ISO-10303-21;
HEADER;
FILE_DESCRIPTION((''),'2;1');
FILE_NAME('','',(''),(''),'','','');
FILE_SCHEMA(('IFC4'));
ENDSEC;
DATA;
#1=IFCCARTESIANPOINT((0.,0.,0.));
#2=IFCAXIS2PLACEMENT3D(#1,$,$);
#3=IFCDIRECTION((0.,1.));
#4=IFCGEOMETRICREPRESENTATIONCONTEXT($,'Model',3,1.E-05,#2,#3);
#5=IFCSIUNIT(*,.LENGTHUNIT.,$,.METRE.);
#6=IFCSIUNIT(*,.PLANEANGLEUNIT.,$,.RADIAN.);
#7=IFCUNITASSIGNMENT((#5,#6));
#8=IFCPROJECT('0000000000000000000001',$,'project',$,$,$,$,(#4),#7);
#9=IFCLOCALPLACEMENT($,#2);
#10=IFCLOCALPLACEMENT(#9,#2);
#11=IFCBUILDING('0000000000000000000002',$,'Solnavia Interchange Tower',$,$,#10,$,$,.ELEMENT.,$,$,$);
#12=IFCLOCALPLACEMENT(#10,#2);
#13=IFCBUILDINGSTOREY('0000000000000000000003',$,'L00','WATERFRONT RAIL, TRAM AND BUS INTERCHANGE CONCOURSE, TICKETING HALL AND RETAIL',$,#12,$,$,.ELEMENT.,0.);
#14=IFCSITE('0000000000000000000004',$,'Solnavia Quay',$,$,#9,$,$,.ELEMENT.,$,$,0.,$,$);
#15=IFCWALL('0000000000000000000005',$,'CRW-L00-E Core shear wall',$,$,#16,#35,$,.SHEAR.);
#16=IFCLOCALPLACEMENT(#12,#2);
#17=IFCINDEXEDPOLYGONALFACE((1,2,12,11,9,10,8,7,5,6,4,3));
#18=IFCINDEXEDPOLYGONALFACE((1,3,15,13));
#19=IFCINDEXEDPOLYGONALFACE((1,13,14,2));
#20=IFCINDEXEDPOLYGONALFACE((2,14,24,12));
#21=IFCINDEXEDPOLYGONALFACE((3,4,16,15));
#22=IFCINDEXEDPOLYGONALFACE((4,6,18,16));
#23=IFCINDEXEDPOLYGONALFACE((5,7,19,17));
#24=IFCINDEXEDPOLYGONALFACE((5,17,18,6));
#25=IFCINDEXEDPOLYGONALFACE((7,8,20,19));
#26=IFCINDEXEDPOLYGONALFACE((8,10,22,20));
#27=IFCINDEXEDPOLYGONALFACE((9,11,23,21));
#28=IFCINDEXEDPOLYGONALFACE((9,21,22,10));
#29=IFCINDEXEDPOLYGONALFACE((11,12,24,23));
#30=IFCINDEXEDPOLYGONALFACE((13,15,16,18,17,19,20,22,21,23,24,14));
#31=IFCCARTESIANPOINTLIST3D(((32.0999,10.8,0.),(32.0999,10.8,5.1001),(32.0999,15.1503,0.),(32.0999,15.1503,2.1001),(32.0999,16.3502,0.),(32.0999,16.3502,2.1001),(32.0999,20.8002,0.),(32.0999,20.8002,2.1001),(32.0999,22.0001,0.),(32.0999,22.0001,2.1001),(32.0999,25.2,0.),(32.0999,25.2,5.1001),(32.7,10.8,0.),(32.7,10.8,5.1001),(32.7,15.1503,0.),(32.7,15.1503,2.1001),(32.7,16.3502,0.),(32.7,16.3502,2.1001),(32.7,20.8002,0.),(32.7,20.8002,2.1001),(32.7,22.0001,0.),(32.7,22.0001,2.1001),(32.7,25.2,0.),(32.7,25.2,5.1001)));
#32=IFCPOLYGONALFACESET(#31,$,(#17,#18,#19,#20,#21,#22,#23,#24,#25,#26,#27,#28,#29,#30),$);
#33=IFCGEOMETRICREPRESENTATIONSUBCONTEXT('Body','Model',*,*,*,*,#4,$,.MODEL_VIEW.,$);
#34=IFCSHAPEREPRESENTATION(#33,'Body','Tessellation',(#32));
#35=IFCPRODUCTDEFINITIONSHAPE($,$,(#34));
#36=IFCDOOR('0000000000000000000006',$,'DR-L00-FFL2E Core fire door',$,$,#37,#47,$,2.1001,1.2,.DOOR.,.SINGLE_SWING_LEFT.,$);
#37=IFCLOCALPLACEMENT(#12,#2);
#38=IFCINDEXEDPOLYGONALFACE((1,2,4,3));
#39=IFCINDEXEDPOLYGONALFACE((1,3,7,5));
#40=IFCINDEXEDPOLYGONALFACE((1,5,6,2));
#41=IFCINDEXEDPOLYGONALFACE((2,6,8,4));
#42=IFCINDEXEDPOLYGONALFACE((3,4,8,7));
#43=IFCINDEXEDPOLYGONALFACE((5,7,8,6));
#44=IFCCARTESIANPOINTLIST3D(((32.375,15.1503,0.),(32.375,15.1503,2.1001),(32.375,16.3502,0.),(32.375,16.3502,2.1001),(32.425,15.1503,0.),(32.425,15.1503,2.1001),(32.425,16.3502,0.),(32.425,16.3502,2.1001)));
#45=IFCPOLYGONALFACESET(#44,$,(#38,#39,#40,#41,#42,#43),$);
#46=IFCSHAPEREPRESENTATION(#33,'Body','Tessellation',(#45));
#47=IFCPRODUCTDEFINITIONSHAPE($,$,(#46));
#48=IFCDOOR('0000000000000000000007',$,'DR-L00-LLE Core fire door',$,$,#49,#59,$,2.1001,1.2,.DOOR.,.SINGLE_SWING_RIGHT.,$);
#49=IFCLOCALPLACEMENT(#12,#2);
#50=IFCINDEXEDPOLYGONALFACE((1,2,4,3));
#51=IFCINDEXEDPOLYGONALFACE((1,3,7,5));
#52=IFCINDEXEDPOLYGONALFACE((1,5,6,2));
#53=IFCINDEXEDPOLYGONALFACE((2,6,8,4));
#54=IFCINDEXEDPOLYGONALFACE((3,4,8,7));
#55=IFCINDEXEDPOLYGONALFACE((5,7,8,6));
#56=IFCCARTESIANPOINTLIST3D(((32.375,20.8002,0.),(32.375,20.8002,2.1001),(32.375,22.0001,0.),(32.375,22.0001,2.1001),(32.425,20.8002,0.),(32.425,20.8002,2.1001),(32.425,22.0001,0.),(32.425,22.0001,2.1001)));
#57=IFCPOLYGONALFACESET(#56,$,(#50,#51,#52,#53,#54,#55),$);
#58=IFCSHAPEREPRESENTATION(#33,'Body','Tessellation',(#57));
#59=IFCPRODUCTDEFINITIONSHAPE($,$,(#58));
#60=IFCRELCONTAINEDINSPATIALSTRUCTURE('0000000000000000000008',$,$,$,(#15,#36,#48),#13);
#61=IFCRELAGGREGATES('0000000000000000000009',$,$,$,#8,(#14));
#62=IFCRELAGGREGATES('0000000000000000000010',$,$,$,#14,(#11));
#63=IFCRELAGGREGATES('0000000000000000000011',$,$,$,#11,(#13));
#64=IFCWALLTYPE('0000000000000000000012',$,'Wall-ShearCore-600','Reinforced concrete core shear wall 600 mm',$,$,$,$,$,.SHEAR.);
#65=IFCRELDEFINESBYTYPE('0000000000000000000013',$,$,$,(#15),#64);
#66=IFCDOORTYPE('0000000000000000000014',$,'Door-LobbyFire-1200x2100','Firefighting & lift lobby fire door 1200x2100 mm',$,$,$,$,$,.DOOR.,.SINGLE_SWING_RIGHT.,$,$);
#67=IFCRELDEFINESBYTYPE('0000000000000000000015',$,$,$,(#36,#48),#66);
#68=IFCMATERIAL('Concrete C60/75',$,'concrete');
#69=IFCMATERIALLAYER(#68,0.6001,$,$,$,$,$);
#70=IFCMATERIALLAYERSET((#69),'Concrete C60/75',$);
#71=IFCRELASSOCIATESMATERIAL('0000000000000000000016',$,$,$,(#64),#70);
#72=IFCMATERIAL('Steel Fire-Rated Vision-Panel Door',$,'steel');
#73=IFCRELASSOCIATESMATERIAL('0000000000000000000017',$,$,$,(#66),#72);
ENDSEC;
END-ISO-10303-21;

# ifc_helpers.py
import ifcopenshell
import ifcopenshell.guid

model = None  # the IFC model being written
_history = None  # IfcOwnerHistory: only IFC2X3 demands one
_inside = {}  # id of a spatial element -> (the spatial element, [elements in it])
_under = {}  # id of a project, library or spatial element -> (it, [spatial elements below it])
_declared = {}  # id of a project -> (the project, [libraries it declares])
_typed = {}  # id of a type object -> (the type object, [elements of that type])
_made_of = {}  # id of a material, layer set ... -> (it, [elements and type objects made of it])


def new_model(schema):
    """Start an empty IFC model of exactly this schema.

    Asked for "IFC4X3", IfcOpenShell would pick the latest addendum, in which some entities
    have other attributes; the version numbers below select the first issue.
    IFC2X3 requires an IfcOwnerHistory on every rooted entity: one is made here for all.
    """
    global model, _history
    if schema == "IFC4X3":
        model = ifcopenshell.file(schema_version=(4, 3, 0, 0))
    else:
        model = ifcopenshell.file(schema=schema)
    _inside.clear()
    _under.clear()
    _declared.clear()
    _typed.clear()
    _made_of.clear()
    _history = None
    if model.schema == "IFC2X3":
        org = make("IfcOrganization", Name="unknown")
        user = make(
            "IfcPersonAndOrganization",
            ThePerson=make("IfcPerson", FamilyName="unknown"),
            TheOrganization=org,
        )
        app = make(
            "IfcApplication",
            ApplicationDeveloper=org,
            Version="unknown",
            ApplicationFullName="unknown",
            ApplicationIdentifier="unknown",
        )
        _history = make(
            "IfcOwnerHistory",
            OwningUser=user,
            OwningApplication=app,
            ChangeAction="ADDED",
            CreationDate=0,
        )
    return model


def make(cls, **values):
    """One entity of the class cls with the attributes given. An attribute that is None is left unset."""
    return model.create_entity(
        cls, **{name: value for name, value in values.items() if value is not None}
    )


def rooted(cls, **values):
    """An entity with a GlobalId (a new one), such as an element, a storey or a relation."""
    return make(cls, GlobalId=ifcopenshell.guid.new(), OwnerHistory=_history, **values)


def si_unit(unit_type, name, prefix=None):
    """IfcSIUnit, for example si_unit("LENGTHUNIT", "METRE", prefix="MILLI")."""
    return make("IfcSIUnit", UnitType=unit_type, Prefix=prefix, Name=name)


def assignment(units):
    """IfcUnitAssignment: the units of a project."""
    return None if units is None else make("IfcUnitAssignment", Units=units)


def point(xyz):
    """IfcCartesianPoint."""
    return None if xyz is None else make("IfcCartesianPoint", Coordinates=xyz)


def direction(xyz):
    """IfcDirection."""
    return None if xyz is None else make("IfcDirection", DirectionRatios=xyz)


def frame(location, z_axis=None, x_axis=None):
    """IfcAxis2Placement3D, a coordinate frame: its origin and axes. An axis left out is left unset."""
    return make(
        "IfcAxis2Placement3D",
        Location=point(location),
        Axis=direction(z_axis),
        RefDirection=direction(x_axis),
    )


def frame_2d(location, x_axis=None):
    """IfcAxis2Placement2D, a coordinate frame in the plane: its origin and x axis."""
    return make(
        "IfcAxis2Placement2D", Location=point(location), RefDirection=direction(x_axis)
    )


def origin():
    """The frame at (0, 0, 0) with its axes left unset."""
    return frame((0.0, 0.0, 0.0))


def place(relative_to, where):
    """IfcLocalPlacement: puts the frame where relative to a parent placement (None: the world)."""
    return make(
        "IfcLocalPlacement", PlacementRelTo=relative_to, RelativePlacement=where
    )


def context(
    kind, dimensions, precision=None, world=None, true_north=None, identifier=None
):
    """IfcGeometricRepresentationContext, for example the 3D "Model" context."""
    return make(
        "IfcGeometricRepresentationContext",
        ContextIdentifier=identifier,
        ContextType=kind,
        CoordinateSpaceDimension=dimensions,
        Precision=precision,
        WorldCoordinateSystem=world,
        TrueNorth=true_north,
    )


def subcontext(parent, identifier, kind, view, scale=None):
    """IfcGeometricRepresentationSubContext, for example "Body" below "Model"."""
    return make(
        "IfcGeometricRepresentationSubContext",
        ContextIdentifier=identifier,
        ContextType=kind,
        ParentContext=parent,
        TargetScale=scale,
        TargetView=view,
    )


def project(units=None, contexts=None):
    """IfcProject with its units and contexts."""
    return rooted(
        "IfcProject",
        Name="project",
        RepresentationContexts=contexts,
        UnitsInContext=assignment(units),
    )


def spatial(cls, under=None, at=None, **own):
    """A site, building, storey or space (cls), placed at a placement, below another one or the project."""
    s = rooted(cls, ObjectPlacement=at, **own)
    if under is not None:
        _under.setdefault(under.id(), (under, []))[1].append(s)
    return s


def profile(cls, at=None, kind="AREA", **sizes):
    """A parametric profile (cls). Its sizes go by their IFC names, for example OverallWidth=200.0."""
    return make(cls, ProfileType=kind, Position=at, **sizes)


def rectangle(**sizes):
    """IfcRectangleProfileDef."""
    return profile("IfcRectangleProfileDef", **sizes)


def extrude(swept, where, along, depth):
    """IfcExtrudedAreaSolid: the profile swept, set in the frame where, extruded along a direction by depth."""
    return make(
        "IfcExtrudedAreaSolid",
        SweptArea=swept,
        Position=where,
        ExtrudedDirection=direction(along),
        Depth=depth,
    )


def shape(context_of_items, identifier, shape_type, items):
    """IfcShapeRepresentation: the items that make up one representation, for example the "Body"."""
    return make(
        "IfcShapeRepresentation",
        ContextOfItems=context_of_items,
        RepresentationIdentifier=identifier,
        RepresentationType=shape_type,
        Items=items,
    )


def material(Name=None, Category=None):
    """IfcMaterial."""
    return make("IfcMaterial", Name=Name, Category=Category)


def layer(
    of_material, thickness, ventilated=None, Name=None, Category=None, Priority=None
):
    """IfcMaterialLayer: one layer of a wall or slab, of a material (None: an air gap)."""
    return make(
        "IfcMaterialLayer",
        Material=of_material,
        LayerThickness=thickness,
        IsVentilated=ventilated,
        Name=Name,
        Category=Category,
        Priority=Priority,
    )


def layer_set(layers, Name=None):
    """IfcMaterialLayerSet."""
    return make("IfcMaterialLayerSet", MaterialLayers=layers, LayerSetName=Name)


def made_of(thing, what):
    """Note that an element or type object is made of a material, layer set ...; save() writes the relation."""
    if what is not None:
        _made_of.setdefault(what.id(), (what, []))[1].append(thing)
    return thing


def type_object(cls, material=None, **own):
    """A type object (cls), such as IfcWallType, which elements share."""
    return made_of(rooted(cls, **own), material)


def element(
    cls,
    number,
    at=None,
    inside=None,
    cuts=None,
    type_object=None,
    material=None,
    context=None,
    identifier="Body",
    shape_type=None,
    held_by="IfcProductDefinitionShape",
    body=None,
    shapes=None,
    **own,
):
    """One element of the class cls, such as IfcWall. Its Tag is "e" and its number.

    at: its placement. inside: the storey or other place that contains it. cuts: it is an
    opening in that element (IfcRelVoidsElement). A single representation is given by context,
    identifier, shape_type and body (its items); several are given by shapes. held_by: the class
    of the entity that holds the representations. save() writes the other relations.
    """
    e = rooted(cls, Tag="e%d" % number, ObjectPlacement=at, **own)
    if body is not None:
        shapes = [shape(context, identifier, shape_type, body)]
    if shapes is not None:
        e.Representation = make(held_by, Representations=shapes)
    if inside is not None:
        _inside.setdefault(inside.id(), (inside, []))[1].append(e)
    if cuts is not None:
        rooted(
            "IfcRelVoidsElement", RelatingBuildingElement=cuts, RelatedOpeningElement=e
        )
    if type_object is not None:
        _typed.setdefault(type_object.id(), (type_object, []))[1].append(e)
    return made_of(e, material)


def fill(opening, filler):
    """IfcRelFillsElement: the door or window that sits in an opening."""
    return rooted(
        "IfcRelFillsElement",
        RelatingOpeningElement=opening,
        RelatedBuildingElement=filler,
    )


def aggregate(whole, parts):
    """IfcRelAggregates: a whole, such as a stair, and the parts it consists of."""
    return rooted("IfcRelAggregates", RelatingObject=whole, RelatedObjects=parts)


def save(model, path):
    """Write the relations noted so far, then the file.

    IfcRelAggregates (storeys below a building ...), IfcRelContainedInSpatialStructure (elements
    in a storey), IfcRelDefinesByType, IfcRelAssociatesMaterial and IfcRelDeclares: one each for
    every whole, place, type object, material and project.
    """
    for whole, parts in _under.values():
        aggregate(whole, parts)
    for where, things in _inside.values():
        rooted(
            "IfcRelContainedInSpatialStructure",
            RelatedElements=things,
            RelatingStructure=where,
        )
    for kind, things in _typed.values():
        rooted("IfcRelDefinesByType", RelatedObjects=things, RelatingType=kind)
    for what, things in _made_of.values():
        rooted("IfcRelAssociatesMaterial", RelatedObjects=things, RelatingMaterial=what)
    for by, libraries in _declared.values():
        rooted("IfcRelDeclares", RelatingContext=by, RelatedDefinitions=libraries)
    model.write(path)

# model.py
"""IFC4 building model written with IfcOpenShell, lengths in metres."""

from ifc_helpers import new_model, si_unit, direction, frame, frame_2d, origin, place, context, subcontext, project, spatial, rectangle, extrude, material, layer, layer_set, type_object, element, fill, save


model = new_model("IFC4")

# Units and contexts
model_context = context("Model", 3, precision=1e-05, world=origin(), true_north=direction((0.0, 1.0)))
body_context = subcontext(model_context, "Body", "Model", "MODEL_VIEW")
ifc_project = project(units=[si_unit("LENGTHUNIT", "METRE"), si_unit("PLANEANGLEUNIT", "RADIAN")], contexts=[model_context])

# Site, building, storey
site_placement = place(None, origin())
site = spatial("IfcSite", under=ifc_project, at=site_placement, Name="Solnavia Quay", CompositionType="ELEMENT", RefElevation=0.0)
building_placement = place(site_placement, origin())
building = spatial("IfcBuilding", under=site, at=building_placement, Name="Solnavia Interchange Tower", CompositionType="ELEMENT")
storey_placement = place(building_placement, origin())
storey = spatial("IfcBuildingStorey", under=building, at=storey_placement, Name="L00", Description="WATERFRONT RAIL, TRAM AND BUS INTERCHANGE CONCOURSE, TICKETING HALL AND RETAIL", CompositionType="ELEMENT", Elevation=0.0)

# Shared definitions
ifc_material_1 = material(Name="Concrete C60/75", Category="concrete")

# Wall, openings, doors
ifc_layer_1 = layer(ifc_material_1, 0.6001)
ifc_layer_set_1 = layer_set([ifc_layer_1], Name="Concrete C60/75")
wall_type_1 = type_object("IfcWallType", Name="Wall-ShearCore-600", Description="Reinforced concrete core shear wall 600 mm", PredefinedType="SHEAR", material=ifc_layer_set_1)
wall_1_placement = place(storey_placement, frame((32.3999, 10.8, 0.0), z_axis=(0.0, 0.0, 1.0), x_axis=(0.0, 1.0, 0.0)))
wall_1 = element("IfcWall", 1, at=wall_1_placement, inside=storey, type_object=wall_type_1, Name="CRW-L00-E Core shear wall", PredefinedType="SHEAR", context=body_context, shape_type="SweptSolid", body=[
    extrude(rectangle(XDim=14.3999, YDim=0.6001, at=frame_2d((7.2, 0.0))), origin(), (0.0, 0.0, 1.0), 5.1001),
])
opening_1_placement = place(wall_1_placement, frame((4.3501, 0.0, 0.0)))
opening_1 = element("IfcOpeningElement", 2, at=opening_1_placement, cuts=wall_1, PredefinedType="OPENING", context=body_context, shape_type="SweptSolid", body=[
    extrude(rectangle(XDim=1.2, YDim=2.1001, at=frame_2d((0.6001, 1.05))), frame((0.0, 0.3101, 0.0), z_axis=(0.0, -1.0, 0.0), x_axis=(1.0, 0.0, 0.0)), (0.0, 0.0, 1.0), 0.6201),
])
opening_2_placement = place(wall_1_placement, frame((10.0, 0.0, 0.0)))
opening_2 = element("IfcOpeningElement", 3, at=opening_2_placement, cuts=wall_1, PredefinedType="OPENING", context=body_context, shape_type="SweptSolid", body=[
    extrude(rectangle(XDim=1.2, YDim=2.1001, at=frame_2d((0.6001, 1.05))), frame((0.0, 0.3101, 0.0), z_axis=(0.0, -1.0, 0.0), x_axis=(1.0, 0.0, 0.0)), (0.0, 0.0, 1.0), 0.6201),
])
ifc_material_2 = material(Name="Steel Fire-Rated Vision-Panel Door", Category="steel")
door_type = type_object("IfcDoorType", Name="Door-LobbyFire-1200x2100", Description="Firefighting & lift lobby fire door 1200x2100 mm", OperationType="SINGLE_SWING_RIGHT", PredefinedType="DOOR", material=ifc_material_2)
door_1_placement = place(opening_1_placement, origin())
door_1 = element("IfcDoor", 4, at=door_1_placement, inside=storey, type_object=door_type, Name="DR-L00-FFL2E Core fire door", OperationType="SINGLE_SWING_LEFT", OverallHeight=2.1001, OverallWidth=1.2, PredefinedType="DOOR", context=body_context, shape_type="SweptSolid", body=[
    extrude(rectangle(XDim=1.2, YDim=2.1001, at=frame_2d((0.6001, 1.05))), frame((0.0, 0.0249, 0.0), z_axis=(0.0, -1.0, 0.0), x_axis=(1.0, 0.0, 0.0)), (0.0, 0.0, 1.0), 0.05),
])
fill(opening_1, door_1)
door_2_placement = place(opening_2_placement, origin())
door_2 = element("IfcDoor", 5, at=door_2_placement, inside=storey, type_object=door_type, Name="DR-L00-LLE Core fire door", OperationType="SINGLE_SWING_RIGHT", OverallHeight=2.1001, OverallWidth=1.2, PredefinedType="DOOR", context=body_context, shape_type="SweptSolid", body=[
    extrude(rectangle(XDim=1.2, YDim=2.1001, at=frame_2d((0.6001, 1.05))), frame((0.0, 0.0249, 0.0), z_axis=(0.0, -1.0, 0.0), x_axis=(1.0, 0.0, 0.0)), (0.0, 0.0, 1.0), 0.05),
])
fill(opening_2, door_2)

save(model, "model.ifc")
